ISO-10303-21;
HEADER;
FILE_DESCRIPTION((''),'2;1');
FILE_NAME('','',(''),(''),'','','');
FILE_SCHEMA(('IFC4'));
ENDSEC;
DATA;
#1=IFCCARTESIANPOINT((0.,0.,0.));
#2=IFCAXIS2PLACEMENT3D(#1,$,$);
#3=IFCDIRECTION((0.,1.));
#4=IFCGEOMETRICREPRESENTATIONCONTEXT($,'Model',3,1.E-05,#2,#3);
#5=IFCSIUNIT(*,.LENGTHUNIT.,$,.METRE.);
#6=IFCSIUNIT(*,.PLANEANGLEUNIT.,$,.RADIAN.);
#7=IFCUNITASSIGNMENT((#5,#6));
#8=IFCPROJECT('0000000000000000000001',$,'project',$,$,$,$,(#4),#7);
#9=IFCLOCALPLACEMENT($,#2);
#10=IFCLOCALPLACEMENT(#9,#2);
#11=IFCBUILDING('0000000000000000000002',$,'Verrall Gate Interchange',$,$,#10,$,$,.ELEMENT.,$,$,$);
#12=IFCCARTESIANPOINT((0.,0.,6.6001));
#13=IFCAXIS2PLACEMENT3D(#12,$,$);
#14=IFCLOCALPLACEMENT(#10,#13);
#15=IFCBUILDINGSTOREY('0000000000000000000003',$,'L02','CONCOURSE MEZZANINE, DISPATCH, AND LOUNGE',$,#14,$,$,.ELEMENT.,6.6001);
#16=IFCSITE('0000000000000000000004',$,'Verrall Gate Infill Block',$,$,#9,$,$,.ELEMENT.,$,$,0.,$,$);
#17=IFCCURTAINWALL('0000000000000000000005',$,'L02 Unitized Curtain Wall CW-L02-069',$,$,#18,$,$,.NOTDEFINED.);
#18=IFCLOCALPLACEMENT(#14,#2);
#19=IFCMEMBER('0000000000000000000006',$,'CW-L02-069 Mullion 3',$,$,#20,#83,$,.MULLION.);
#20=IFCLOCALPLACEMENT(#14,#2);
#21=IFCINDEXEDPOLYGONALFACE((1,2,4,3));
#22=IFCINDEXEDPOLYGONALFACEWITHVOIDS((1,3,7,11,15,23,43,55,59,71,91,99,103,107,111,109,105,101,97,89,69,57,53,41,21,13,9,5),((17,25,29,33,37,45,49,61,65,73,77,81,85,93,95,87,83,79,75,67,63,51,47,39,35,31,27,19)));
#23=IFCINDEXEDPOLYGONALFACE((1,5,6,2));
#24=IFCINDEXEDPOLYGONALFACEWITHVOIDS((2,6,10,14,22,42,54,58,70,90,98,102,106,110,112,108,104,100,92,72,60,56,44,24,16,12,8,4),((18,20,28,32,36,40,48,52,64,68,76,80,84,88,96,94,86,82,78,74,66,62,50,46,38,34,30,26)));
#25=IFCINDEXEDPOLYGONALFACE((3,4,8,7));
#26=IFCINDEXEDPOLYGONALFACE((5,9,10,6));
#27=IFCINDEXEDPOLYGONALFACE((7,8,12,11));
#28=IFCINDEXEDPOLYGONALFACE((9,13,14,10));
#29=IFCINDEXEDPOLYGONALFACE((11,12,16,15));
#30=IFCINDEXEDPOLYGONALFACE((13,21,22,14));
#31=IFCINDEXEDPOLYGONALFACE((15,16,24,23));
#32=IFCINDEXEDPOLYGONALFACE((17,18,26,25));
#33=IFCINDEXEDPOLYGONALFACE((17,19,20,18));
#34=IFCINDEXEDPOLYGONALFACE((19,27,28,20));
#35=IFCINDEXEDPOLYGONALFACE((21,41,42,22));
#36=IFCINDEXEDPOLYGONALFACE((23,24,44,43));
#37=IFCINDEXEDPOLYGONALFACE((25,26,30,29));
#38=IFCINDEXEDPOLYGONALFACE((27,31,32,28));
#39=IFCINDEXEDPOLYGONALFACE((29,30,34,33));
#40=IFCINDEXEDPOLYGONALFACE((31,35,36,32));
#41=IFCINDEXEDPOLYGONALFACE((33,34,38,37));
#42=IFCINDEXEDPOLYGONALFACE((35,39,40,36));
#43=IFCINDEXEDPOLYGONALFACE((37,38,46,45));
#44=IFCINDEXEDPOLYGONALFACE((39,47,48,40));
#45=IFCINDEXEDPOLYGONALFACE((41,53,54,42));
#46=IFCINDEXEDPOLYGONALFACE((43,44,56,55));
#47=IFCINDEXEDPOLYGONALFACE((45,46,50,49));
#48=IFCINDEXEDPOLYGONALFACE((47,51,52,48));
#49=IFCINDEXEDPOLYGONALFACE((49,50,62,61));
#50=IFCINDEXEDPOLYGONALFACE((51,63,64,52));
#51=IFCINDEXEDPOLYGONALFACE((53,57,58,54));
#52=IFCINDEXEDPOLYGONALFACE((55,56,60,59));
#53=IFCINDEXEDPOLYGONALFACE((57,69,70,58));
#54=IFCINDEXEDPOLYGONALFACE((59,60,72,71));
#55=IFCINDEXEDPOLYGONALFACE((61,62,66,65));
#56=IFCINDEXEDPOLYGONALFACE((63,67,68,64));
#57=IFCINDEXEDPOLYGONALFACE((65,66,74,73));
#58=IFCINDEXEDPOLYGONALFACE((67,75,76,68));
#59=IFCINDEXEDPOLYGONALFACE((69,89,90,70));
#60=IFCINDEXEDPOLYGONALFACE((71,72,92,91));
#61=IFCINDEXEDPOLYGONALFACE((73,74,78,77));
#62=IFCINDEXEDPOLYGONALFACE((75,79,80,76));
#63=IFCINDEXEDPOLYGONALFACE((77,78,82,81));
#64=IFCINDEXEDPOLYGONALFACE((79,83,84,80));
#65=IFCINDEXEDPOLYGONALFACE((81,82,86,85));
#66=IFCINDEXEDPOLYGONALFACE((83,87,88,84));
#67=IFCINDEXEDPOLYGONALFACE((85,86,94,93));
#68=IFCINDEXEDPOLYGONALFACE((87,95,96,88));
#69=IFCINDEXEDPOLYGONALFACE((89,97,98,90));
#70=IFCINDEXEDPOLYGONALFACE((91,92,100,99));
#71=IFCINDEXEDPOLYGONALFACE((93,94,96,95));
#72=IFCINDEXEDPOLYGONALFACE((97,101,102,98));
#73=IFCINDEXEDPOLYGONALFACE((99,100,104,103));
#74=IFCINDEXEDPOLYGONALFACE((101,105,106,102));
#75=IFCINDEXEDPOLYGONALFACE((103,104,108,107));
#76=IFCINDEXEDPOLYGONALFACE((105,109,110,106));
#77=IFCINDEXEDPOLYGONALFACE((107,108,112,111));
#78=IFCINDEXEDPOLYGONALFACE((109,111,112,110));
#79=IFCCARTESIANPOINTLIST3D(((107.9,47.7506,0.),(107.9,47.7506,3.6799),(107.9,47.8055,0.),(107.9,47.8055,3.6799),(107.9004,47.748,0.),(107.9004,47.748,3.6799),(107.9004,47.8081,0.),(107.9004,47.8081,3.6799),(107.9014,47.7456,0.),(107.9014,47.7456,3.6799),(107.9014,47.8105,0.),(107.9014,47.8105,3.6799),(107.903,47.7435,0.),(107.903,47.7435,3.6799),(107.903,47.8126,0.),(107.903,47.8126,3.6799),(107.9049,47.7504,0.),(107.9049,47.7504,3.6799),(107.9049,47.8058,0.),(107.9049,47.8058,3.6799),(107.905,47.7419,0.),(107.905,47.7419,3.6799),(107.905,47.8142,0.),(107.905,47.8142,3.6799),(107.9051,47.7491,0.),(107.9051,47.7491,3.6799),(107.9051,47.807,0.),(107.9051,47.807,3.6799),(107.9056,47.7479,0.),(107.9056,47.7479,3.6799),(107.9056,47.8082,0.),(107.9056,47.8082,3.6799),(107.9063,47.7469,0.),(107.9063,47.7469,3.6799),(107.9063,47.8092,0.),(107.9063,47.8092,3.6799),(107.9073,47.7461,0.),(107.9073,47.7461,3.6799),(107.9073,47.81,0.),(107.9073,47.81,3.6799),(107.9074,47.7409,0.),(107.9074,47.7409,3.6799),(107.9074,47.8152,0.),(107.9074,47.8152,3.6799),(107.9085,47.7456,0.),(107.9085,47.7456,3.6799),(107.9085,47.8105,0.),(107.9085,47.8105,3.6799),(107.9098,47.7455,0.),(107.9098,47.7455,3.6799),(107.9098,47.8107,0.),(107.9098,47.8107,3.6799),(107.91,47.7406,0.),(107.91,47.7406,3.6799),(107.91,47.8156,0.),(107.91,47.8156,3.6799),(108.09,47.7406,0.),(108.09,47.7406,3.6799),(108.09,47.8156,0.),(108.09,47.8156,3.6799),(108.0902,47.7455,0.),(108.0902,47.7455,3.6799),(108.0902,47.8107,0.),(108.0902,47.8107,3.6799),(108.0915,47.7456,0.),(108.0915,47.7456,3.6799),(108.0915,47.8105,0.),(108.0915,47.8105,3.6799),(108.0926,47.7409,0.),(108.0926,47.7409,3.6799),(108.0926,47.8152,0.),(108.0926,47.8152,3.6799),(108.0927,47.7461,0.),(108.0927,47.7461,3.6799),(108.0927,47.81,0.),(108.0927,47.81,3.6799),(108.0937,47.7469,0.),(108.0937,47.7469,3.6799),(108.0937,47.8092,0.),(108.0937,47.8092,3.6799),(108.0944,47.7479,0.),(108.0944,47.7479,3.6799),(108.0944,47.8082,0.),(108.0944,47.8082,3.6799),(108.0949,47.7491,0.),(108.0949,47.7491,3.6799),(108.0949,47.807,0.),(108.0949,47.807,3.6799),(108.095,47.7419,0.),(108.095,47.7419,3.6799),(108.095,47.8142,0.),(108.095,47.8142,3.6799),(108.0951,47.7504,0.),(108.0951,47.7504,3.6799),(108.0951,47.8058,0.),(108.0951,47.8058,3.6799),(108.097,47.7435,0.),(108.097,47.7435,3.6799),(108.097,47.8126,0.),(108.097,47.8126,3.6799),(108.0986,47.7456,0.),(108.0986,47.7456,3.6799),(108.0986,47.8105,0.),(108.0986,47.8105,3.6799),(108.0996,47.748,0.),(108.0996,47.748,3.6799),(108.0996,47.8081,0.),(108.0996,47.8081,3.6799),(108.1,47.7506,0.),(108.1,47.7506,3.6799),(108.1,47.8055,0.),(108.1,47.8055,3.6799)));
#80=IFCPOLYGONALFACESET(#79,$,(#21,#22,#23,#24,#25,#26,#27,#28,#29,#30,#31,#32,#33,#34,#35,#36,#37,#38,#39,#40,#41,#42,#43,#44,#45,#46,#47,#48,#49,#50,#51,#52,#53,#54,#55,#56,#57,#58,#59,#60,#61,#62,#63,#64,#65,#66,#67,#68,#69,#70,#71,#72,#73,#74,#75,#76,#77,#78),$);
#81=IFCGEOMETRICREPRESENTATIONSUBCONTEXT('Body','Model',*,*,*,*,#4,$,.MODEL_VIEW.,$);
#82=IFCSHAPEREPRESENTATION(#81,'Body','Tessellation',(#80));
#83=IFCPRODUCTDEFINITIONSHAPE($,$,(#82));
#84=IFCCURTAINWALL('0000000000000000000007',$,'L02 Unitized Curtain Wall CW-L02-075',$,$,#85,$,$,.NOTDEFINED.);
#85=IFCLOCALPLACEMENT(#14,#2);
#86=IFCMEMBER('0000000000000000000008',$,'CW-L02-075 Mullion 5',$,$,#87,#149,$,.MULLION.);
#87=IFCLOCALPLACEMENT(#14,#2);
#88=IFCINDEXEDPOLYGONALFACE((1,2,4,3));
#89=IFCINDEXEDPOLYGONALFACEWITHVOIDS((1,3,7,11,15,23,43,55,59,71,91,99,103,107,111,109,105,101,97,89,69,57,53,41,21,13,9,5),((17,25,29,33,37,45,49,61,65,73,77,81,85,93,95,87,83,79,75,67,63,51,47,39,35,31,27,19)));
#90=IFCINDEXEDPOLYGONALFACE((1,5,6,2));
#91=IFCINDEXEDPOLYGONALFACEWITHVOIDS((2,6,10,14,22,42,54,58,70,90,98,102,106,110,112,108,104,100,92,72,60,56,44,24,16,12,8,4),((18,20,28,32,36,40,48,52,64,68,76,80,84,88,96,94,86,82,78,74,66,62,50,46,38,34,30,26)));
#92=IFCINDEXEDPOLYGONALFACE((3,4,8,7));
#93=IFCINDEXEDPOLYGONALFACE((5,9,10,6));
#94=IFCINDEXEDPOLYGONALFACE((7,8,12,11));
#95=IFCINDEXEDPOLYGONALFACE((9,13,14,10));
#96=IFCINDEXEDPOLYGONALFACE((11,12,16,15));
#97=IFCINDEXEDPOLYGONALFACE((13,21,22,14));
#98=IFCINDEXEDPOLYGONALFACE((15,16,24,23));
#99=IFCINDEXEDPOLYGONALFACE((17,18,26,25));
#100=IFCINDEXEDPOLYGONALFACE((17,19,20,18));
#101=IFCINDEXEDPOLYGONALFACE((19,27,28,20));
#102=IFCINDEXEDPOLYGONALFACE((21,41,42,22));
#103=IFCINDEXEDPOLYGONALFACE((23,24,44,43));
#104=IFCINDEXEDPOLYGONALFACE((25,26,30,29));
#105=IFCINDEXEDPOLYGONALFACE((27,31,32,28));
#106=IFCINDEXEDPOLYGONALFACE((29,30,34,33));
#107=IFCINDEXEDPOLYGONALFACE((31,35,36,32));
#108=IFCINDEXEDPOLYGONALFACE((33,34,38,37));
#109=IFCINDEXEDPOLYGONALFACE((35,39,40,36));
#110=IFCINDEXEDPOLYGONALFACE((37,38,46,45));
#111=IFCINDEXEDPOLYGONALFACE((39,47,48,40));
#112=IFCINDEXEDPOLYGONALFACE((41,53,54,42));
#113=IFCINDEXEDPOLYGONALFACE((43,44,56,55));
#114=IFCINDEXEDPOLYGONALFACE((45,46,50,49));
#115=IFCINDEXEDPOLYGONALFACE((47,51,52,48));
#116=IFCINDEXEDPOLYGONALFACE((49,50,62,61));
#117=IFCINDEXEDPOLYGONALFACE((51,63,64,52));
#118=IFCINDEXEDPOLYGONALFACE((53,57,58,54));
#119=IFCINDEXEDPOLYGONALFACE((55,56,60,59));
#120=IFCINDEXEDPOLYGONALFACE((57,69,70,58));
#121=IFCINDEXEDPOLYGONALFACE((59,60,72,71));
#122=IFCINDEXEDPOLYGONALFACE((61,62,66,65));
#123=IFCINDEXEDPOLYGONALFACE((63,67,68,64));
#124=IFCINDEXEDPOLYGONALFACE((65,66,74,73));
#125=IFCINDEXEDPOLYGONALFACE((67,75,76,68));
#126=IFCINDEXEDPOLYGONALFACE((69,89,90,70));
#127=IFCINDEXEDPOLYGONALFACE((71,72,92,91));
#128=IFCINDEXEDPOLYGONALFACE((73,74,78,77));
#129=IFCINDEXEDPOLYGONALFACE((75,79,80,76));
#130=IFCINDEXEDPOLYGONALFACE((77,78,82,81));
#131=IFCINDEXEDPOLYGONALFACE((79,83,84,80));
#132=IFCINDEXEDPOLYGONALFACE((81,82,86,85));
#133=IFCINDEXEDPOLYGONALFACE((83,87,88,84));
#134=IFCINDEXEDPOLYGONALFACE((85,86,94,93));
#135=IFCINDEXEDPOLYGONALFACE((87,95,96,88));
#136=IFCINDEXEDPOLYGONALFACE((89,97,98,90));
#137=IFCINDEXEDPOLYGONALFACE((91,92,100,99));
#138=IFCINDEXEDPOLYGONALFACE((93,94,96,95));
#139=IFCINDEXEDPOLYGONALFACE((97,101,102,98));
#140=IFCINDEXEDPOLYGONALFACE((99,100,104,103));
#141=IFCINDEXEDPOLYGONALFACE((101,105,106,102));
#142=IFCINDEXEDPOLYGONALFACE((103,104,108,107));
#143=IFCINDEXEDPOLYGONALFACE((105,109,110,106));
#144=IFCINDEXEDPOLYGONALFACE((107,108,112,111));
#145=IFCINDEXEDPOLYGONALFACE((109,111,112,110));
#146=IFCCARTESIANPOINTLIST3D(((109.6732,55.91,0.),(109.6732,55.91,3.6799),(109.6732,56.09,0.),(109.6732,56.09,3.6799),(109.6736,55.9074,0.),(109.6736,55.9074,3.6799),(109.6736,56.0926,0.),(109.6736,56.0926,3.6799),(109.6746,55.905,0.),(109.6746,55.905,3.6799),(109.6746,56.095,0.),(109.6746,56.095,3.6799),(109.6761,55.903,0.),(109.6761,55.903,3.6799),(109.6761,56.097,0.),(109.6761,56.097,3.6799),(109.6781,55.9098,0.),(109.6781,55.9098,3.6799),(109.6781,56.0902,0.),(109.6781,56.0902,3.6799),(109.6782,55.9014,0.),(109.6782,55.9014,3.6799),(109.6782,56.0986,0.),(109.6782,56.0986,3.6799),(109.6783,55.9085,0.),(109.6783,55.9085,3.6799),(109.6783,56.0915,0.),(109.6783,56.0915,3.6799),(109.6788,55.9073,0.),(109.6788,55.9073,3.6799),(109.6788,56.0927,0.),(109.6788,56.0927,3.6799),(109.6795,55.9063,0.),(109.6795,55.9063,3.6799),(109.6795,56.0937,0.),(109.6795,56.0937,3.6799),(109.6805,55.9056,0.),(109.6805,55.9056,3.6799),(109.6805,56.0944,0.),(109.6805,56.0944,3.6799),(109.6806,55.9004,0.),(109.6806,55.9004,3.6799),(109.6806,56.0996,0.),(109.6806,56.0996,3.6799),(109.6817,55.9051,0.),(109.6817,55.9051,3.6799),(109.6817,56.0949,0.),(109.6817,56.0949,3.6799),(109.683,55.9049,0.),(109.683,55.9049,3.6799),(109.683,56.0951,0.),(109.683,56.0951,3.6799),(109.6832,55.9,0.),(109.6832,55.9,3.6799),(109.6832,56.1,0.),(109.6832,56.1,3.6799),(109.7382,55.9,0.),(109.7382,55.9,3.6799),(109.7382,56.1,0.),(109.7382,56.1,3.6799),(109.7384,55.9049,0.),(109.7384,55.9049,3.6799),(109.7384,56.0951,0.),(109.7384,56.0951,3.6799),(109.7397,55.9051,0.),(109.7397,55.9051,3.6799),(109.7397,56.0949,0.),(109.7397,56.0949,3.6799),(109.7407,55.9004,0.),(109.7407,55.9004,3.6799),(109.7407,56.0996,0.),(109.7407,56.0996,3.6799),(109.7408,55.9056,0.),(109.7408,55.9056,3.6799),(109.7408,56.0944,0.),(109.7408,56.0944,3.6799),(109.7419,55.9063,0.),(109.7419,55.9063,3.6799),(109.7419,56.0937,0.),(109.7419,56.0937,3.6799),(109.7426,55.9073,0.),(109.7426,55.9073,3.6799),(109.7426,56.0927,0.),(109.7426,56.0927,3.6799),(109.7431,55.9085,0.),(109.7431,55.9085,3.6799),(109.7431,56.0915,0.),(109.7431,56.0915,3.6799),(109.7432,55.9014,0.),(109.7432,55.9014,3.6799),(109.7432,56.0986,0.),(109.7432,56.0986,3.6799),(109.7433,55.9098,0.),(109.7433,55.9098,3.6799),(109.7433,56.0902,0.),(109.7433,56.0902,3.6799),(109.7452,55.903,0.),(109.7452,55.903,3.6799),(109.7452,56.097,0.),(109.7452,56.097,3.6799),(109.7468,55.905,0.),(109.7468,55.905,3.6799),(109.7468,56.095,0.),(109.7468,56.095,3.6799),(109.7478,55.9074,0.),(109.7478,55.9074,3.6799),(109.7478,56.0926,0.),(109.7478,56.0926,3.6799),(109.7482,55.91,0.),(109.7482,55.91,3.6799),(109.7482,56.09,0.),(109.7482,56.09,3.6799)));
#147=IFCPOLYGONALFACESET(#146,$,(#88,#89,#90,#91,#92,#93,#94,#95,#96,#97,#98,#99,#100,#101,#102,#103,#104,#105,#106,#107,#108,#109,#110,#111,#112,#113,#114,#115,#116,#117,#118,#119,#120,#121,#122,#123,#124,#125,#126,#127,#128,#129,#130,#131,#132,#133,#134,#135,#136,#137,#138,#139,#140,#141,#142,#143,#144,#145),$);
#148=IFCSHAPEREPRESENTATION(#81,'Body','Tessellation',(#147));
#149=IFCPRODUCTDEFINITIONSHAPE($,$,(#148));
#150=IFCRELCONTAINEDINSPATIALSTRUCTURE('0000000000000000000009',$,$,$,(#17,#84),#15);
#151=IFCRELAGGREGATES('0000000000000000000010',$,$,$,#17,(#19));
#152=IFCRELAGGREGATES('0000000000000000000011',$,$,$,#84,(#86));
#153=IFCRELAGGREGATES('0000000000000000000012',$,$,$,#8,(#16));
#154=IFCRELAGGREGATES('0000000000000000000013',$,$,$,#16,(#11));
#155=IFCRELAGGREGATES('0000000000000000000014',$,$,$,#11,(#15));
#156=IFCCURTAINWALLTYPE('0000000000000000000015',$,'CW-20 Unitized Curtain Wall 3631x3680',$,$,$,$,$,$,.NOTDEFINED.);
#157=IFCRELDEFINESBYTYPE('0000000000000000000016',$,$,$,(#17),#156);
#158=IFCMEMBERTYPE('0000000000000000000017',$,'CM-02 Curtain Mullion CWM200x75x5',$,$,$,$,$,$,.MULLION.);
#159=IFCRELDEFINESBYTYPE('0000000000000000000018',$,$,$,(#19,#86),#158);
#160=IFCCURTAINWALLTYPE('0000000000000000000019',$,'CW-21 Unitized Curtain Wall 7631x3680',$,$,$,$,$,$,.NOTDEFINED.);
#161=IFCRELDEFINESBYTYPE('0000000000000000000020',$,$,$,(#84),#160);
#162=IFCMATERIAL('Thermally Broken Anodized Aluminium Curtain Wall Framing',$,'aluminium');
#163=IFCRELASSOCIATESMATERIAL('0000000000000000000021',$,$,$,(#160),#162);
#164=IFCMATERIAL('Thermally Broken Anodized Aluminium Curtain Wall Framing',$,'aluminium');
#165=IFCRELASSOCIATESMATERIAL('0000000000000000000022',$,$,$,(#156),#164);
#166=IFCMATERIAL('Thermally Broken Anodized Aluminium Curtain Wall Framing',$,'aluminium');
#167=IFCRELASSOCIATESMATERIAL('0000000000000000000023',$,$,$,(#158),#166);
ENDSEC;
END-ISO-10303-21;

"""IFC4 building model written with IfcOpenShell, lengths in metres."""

from ifc_helpers import new_model, si_unit, direction, frame, origin, origin_2d, place, context, subcontext, project, spatial, hollow_rectangle, extrude, material, material_profile, profile_set, type_object, element, aggregate, save


model = new_model("IFC4")

# Units and contexts
model_context = context("Model", 3, precision=1e-05, world=origin(), true_north=direction((0.0, 1.0)))
body_context = subcontext(model_context, "Body", "Model", "MODEL_VIEW")
ifc_project = project(units=[si_unit("LENGTHUNIT", "METRE"), si_unit("PLANEANGLEUNIT", "RADIAN")], contexts=[model_context])

# Site, building, storey
site_placement = place(None, origin())
site = spatial("IfcSite", under=ifc_project, at=site_placement, Name="Verrall Gate Infill Block", CompositionType="ELEMENT", RefElevation=0.0)
building_placement = place(site_placement, origin())
building = spatial("IfcBuilding", under=site, at=building_placement, Name="Verrall Gate Interchange", CompositionType="ELEMENT")
storey_placement = place(building_placement, frame((0.0, 0.0, 6.6001)))
storey = spatial("IfcBuildingStorey", under=building, at=storey_placement, Name="L02", Description="CONCOURSE MEZZANINE, DISPATCH, AND LOUNGE", CompositionType="ELEMENT", Elevation=6.6001)

# Curtain walls, members
ifc_material_1 = material(Name="Thermally Broken Anodized Aluminium Curtain Wall Framing", Category="aluminium")
curtain_wall_type_1 = type_object("IfcCurtainWallType", Name="CW-21 Unitized Curtain Wall 7631x3680", PredefinedType="NOTDEFINED", material=ifc_material_1)
ifc_material_2 = material(Name="Thermally Broken Anodized Aluminium Curtain Wall Framing", Category="aluminium")
curtain_wall_type_2 = type_object("IfcCurtainWallType", Name="CW-20 Unitized Curtain Wall 3631x3680", PredefinedType="NOTDEFINED", material=ifc_material_2)
curtain_wall_1_placement = place(storey_placement, origin())
curtain_wall_1 = element("IfcCurtainWall", 1, at=curtain_wall_1_placement, inside=storey, type_object=curtain_wall_type_2, Name="L02 Unitized Curtain Wall CW-L02-069", PredefinedType="NOTDEFINED")
ifc_material_3 = material(Name="Thermally Broken Anodized Aluminium Curtain Wall Framing", Category="aluminium")
ifc_material_profile_1 = material_profile(ifc_material_3, hollow_rectangle(XDim=0.075, YDim=0.2, WallThickness=0.0049, InnerFilletRadius=0.0049, OuterFilletRadius=0.01, at=origin_2d()), Name="CWM200x75x5")
ifc_profile_set_1 = profile_set([ifc_material_profile_1], Name="Thermally Broken Anodized Aluminium Curtain Wall Framing")
member_type_1 = type_object("IfcMemberType", Name="CM-02 Curtain Mullion CWM200x75x5", PredefinedType="MULLION", material=ifc_profile_set_1)
member_1_placement = place(storey_placement, frame((108.0, 47.7781, 0.0), z_axis=(0.0, 0.0, 1.0), x_axis=(0.0, 1.0, 0.0)))
member_1 = element("IfcMember", 2, at=member_1_placement, type_object=member_type_1, Name="CW-L02-069 Mullion 3", PredefinedType="MULLION", context=body_context, shape_type="SweptSolid", body=[
    extrude(hollow_rectangle(XDim=0.075, YDim=0.2, WallThickness=0.0049, InnerFilletRadius=0.0049, OuterFilletRadius=0.01, at=origin_2d()), origin(), (0.0, 0.0, 1.0), 3.6799),
])
curtain_wall_2_placement = place(storey_placement, origin())
curtain_wall_2 = element("IfcCurtainWall", 3, at=curtain_wall_2_placement, inside=storey, type_object=curtain_wall_type_1, Name="L02 Unitized Curtain Wall CW-L02-075", PredefinedType="NOTDEFINED")
member_2_placement = place(storey_placement, frame((109.7107, 56.0, 0.0), z_axis=(0.0, 0.0, 1.0), x_axis=(-1.0, 0.0, 0.0)))
member_2 = element("IfcMember", 4, at=member_2_placement, type_object=member_type_1, Name="CW-L02-075 Mullion 5", PredefinedType="MULLION", context=body_context, shape_type="SweptSolid", body=[
    extrude(hollow_rectangle(XDim=0.075, YDim=0.2, WallThickness=0.0049, InnerFilletRadius=0.0049, OuterFilletRadius=0.01, at=origin_2d()), origin(), (0.0, 0.0, 1.0), 3.6799),
])

aggregate(curtain_wall_1, [member_1])
aggregate(curtain_wall_2, [member_2])

save(model, "model.ifc")
